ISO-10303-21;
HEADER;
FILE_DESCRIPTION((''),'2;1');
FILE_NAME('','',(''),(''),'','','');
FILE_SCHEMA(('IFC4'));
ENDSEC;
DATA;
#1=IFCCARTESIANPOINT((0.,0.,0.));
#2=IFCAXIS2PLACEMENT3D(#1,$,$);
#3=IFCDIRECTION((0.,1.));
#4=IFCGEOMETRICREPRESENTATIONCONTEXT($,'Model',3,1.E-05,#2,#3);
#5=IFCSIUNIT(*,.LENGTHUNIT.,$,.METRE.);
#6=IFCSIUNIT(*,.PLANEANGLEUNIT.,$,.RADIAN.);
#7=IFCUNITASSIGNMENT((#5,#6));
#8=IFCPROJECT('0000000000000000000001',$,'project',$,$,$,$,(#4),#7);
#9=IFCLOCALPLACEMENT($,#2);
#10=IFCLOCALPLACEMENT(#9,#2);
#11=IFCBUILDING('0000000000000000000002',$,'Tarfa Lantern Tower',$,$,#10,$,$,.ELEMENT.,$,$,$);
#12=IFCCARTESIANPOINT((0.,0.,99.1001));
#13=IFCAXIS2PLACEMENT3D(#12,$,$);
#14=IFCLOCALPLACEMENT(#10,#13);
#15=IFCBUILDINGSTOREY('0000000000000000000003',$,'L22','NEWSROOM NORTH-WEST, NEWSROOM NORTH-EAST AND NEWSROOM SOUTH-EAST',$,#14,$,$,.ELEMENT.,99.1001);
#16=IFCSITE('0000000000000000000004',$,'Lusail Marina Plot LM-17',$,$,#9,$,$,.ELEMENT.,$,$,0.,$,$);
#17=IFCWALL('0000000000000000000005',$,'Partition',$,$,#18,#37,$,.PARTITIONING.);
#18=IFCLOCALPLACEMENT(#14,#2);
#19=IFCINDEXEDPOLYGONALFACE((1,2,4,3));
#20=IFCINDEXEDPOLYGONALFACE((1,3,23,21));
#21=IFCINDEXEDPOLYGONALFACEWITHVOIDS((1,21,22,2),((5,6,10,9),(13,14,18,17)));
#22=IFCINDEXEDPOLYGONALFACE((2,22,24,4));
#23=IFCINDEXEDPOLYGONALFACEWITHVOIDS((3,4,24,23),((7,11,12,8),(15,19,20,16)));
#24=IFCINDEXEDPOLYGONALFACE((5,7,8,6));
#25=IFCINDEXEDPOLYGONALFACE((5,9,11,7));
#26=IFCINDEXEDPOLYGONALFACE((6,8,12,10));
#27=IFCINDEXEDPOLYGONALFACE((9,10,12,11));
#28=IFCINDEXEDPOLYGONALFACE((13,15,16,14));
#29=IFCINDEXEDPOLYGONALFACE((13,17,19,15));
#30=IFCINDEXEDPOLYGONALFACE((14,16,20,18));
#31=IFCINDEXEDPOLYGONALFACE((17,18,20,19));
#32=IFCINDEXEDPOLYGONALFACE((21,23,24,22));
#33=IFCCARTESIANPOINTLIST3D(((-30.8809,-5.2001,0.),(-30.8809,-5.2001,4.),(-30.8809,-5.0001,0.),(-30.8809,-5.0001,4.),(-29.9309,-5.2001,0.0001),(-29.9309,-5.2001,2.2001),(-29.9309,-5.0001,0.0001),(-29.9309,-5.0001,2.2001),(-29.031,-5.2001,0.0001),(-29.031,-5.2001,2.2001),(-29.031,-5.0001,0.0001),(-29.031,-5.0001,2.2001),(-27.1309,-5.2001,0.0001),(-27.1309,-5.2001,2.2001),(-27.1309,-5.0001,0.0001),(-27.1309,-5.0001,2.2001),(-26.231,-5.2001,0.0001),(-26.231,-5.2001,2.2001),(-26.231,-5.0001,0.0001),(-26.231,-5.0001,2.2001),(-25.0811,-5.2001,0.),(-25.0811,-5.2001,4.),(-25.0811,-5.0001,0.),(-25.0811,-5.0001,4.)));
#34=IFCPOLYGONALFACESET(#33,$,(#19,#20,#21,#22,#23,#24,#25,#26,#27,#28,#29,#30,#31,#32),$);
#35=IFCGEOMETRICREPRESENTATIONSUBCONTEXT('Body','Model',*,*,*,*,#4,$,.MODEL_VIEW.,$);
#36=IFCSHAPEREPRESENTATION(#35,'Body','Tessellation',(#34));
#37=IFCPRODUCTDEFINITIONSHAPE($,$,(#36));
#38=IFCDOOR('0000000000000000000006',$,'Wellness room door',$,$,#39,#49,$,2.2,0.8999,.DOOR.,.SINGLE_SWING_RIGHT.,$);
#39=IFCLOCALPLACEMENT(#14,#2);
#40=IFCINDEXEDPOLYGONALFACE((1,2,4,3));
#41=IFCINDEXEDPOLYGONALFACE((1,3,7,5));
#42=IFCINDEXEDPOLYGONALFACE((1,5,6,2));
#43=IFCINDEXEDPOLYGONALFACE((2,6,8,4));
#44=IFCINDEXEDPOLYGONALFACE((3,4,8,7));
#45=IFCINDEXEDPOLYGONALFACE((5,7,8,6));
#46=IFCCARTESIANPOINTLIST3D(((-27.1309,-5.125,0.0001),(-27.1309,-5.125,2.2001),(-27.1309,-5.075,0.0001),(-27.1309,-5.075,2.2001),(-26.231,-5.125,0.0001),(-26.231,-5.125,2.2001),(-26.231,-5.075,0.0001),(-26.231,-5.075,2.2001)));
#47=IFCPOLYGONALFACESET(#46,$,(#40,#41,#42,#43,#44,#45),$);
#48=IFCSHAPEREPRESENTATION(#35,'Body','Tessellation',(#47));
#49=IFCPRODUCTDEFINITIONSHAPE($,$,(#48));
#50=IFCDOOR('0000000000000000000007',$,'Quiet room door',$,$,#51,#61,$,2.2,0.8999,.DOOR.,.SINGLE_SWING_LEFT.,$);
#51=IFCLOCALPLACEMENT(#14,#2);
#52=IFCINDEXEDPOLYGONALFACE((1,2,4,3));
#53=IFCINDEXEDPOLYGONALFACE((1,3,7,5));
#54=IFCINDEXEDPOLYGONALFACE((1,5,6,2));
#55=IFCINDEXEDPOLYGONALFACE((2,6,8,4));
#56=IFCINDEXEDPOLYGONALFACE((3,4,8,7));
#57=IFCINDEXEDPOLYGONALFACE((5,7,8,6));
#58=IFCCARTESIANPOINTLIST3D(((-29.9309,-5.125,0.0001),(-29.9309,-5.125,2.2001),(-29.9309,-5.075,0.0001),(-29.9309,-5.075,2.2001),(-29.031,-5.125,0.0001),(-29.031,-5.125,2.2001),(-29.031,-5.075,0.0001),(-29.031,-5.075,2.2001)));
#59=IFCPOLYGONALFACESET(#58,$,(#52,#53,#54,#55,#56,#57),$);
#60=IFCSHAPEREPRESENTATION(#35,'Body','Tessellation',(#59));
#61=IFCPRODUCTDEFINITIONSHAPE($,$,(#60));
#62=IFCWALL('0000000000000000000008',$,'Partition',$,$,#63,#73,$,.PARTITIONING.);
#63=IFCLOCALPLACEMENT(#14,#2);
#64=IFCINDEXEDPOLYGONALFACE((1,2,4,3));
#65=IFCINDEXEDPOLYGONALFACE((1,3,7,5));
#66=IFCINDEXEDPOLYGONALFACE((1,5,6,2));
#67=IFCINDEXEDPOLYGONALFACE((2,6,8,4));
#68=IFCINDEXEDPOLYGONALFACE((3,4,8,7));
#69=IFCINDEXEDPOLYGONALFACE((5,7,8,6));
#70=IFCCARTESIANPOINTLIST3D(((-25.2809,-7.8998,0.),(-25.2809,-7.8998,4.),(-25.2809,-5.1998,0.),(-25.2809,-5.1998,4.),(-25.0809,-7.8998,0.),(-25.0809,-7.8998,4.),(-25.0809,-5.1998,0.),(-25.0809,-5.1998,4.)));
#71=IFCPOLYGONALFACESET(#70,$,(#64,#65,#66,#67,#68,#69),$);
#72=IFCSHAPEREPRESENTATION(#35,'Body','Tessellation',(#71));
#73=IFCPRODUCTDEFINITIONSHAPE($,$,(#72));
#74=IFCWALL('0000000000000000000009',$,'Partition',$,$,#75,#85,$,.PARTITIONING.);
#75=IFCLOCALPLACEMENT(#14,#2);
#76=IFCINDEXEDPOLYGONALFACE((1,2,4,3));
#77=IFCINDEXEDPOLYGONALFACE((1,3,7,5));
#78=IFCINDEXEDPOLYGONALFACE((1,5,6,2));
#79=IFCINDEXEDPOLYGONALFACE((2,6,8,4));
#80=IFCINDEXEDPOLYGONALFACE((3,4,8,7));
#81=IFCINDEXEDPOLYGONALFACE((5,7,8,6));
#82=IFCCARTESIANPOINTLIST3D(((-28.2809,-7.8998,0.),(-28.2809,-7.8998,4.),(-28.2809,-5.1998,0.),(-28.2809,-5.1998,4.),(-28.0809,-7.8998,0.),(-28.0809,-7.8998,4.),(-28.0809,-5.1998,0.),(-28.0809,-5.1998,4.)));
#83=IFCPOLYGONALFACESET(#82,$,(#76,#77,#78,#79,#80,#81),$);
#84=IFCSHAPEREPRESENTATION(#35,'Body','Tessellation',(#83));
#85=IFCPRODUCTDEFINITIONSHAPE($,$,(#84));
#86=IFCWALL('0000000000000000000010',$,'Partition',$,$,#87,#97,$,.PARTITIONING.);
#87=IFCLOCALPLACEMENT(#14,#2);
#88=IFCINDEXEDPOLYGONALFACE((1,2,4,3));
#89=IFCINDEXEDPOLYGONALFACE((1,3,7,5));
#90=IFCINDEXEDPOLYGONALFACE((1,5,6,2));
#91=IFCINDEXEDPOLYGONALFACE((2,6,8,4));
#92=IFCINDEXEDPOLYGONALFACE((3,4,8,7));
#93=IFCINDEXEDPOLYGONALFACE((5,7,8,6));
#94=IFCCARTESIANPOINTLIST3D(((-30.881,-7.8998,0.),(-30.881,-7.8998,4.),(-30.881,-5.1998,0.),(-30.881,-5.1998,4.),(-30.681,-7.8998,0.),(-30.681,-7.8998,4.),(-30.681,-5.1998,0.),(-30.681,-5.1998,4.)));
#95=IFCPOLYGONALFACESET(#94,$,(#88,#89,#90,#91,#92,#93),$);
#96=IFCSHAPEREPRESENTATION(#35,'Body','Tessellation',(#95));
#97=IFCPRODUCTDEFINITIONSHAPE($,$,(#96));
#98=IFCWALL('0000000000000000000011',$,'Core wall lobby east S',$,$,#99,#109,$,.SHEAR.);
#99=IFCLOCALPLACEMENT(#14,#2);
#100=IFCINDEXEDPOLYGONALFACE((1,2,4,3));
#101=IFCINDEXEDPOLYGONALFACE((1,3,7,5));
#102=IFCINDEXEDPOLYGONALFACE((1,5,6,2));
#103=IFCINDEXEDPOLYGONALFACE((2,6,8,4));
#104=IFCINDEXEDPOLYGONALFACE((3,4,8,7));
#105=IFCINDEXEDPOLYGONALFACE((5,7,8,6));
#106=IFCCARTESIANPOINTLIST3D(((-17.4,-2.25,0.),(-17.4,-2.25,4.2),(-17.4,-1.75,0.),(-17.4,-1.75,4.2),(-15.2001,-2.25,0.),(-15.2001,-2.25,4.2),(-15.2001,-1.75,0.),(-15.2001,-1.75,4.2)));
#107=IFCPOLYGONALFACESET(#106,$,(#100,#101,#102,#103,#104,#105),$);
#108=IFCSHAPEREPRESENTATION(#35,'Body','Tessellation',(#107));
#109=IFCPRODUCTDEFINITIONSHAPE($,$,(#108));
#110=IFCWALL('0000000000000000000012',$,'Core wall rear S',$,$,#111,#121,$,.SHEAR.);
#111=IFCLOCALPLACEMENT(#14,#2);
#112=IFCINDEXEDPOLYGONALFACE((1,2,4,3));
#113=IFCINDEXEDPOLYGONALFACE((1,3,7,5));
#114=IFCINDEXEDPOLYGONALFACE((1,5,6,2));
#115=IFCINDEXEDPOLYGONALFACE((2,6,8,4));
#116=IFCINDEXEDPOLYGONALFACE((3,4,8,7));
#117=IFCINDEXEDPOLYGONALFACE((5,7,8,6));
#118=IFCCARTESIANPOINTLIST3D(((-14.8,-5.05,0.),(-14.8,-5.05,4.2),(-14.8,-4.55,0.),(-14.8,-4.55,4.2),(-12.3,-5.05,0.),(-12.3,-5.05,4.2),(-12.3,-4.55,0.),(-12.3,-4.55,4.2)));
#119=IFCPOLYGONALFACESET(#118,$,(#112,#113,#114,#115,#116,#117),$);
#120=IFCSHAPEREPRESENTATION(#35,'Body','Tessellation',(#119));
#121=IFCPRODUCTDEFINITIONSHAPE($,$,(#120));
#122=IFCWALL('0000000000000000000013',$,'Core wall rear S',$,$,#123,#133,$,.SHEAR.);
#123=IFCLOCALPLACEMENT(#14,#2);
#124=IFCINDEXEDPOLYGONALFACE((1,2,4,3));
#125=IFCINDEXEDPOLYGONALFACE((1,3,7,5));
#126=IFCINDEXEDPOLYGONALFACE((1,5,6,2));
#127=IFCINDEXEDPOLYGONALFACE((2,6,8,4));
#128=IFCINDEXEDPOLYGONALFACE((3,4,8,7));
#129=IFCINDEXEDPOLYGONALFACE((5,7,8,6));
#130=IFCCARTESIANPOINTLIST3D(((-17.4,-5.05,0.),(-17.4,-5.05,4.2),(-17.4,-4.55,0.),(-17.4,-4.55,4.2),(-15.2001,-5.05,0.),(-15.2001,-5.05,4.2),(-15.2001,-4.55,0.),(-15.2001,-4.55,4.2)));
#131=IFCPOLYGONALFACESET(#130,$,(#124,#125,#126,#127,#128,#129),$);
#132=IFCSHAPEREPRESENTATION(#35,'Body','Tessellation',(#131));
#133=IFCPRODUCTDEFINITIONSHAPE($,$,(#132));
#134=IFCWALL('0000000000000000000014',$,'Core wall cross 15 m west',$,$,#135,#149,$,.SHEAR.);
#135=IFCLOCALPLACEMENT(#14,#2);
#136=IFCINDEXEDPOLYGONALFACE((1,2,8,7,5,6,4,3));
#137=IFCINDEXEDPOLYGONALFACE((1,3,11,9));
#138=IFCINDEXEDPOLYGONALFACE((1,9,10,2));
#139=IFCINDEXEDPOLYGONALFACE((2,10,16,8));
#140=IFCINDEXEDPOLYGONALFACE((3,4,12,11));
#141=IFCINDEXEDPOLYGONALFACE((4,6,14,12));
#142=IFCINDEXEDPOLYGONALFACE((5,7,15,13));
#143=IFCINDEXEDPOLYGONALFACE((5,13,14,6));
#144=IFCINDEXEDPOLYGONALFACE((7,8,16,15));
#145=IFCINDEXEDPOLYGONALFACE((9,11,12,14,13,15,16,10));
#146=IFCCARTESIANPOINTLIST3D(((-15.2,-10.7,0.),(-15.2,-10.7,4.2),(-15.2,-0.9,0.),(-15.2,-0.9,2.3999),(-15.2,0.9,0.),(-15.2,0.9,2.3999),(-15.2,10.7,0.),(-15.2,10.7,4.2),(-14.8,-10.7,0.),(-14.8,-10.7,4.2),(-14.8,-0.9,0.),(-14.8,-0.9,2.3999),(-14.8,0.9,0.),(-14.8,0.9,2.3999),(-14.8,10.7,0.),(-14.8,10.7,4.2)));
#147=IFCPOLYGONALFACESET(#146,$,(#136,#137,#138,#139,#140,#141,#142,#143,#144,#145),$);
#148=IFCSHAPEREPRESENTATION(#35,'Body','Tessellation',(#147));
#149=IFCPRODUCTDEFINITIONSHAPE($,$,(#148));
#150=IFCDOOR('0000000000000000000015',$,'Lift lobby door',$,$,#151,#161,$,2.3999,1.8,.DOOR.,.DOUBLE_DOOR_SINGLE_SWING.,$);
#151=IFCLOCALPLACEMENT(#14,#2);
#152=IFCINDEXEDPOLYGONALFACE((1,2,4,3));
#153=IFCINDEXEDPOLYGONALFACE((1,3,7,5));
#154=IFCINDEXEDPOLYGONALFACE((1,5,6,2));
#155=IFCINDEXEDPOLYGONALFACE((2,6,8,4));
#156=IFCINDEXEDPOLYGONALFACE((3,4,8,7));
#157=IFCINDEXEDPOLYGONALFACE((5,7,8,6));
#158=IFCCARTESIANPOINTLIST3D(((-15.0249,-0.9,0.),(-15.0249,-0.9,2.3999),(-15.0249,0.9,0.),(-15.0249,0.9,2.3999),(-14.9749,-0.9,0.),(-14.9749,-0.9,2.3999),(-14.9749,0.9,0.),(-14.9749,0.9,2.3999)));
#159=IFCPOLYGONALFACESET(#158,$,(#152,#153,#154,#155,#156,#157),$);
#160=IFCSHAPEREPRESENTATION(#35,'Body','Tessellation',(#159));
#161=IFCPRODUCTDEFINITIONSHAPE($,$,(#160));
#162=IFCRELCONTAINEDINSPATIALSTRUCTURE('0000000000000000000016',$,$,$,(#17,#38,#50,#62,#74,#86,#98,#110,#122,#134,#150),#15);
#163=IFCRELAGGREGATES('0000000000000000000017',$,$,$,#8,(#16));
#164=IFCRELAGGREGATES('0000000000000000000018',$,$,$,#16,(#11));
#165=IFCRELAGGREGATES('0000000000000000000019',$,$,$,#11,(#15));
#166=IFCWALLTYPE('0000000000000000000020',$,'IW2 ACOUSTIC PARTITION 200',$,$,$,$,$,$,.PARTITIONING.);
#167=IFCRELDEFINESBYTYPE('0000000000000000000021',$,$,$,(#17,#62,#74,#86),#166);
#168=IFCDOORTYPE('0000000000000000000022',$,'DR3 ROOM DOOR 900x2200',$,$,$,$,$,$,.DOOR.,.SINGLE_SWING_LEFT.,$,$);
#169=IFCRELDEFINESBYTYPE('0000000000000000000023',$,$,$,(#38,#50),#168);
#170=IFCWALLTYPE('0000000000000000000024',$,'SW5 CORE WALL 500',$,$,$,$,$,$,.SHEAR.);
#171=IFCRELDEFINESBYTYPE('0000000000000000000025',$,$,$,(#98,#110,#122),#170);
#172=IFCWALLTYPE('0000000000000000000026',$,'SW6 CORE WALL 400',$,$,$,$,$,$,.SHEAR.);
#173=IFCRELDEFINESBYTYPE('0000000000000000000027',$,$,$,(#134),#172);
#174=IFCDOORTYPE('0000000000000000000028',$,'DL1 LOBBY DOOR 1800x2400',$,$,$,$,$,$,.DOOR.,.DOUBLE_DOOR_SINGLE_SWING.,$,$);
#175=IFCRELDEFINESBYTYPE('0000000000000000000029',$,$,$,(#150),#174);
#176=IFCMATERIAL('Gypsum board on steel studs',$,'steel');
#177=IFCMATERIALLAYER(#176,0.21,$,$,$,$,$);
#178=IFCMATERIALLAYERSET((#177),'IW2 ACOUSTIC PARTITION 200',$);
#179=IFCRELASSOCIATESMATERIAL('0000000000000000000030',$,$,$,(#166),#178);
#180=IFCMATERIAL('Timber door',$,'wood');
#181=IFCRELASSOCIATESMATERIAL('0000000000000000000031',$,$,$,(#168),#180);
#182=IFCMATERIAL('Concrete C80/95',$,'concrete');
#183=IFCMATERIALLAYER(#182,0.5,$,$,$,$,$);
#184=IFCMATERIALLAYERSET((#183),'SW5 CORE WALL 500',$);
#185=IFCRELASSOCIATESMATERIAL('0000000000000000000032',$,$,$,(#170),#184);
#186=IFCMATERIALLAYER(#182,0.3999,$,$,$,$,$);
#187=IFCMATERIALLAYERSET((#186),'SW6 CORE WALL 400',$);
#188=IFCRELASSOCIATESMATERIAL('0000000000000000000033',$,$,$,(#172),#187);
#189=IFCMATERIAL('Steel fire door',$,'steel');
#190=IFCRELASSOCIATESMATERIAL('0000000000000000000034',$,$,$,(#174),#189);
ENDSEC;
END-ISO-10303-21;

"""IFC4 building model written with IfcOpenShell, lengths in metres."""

from ifc_helpers import new_model, si_unit, direction, frame, frame_2d, origin, place, context, subcontext, project, spatial, rectangle, extrude, material, layer, layer_set, type_object, element, fill, save


model = new_model("IFC4")

# Units and contexts
model_context = context("Model", 3, precision=1e-05, world=origin(), true_north=direction((0.0, 1.0)))
body_context = subcontext(model_context, "Body", "Model", "MODEL_VIEW")
ifc_project = project(units=[si_unit("LENGTHUNIT", "METRE"), si_unit("PLANEANGLEUNIT", "RADIAN")], contexts=[model_context])

# Site, building, storey
site_placement = place(None, origin())
site = spatial("IfcSite", under=ifc_project, at=site_placement, Name="Lusail Marina Plot LM-17", CompositionType="ELEMENT", RefElevation=0.0)
building_placement = place(site_placement, origin())
building = spatial("IfcBuilding", under=site, at=building_placement, Name="Tarfa Lantern Tower", CompositionType="ELEMENT")
storey_placement = place(building_placement, frame((0.0, 0.0, 99.1001)))
storey = spatial("IfcBuildingStorey", under=building, at=storey_placement, Name="L22", Description="NEWSROOM NORTH-WEST, NEWSROOM NORTH-EAST AND NEWSROOM SOUTH-EAST", CompositionType="ELEMENT", Elevation=99.1001)

# Shared definitions
ifc_material_1 = material(Name="Gypsum board on steel studs", Category="steel")
ifc_layer_1 = layer(ifc_material_1, 0.21)
ifc_layer_set_1 = layer_set([ifc_layer_1], Name="IW2 ACOUSTIC PARTITION 200")
wall_type_1 = type_object("IfcWallType", Name="IW2 ACOUSTIC PARTITION 200", PredefinedType="PARTITIONING", material=ifc_layer_set_1)
ifc_material_2 = material(Name="Timber door", Category="wood")

# Wall, openings, doors
wall_1_placement = place(storey_placement, frame((-25.0811, -5.1001, 0.0), z_axis=(0.0, 0.0, 1.0), x_axis=(-1.0, 0.0, 0.0)))
wall_1 = element("IfcWall", 1, at=wall_1_placement, inside=storey, type_object=wall_type_1, Name="Partition", PredefinedType="PARTITIONING", context=body_context, shape_type="SweptSolid", body=[
    extrude(rectangle(XDim=5.7998, YDim=0.2, at=frame_2d((2.8999, 0.0))), origin(), (0.0, 0.0, 1.0), 4.0),
])
opening_1_placement = place(wall_1_placement, frame((1.1499, 0.0, 0.0)))
opening_1 = element("IfcOpeningElement", 2, at=opening_1_placement, cuts=wall_1, PredefinedType="OPENING", context=body_context, shape_type="SweptSolid", body=[
    extrude(rectangle(XDim=0.8999, YDim=2.2, at=frame_2d((0.45, 1.1001))), frame((0.0, 0.1099, 0.0), z_axis=(0.0, -1.0, 0.0), x_axis=(1.0, 0.0, 0.0)), (0.0, 0.0, 1.0), 0.22),
])
opening_2_placement = place(wall_1_placement, frame((3.95, 0.0, 0.0)))
opening_2 = element("IfcOpeningElement", 3, at=opening_2_placement, cuts=wall_1, PredefinedType="OPENING", context=body_context, shape_type="SweptSolid", body=[
    extrude(rectangle(XDim=0.8999, YDim=2.2, at=frame_2d((0.45, 1.1001))), frame((0.0, 0.1099, 0.0), z_axis=(0.0, -1.0, 0.0), x_axis=(1.0, 0.0, 0.0)), (0.0, 0.0, 1.0), 0.22),
])
door_type_1 = type_object("IfcDoorType", Name="DR3 ROOM DOOR 900x2200", OperationType="SINGLE_SWING_LEFT", PredefinedType="DOOR", material=ifc_material_2)
door_1_placement = place(opening_1_placement, origin())
door_1 = element("IfcDoor", 4, at=door_1_placement, inside=storey, type_object=door_type_1, Name="Wellness room door", OperationType="SINGLE_SWING_RIGHT", OverallHeight=2.2, OverallWidth=0.8999, PredefinedType="DOOR", context=body_context, shape_type="SweptSolid", body=[
    extrude(rectangle(XDim=0.8999, YDim=2.2, at=frame_2d((0.45, 1.1001))), frame((0.0, 0.0249, 0.0), z_axis=(0.0, -1.0, 0.0), x_axis=(1.0, 0.0, 0.0)), (0.0, 0.0, 1.0), 0.05),
])
fill(opening_1, door_1)
door_2_placement = place(opening_2_placement, origin())
door_2 = element("IfcDoor", 5, at=door_2_placement, inside=storey, type_object=door_type_1, Name="Quiet room door", OperationType="SINGLE_SWING_LEFT", OverallHeight=2.2, OverallWidth=0.8999, PredefinedType="DOOR", context=body_context, shape_type="SweptSolid", body=[
    extrude(rectangle(XDim=0.8999, YDim=2.2, at=frame_2d((0.45, 1.1001))), frame((0.0, 0.0249, 0.0), z_axis=(0.0, -1.0, 0.0), x_axis=(1.0, 0.0, 0.0)), (0.0, 0.0, 1.0), 0.05),
])
fill(opening_2, door_2)

# Walls
for number, where, z_axis, x_axis, name in (
    (6, (-25.1809, -7.8999, 0.0), (0.0, 0.0, 1.0), (0.0, 1.0, 0.0), "Partition"),
    (7, (-28.1809, -7.8999, 0.0), (0.0, 0.0, 1.0), (0.0, 1.0, 0.0), "Partition"),
    (8, (-30.781, -7.8999, 0.0), (0.0, 0.0, 1.0), (0.0, 1.0, 0.0), "Partition"),
):
    element("IfcWall", number, at=place(storey_placement, frame(where, z_axis=z_axis, x_axis=x_axis)), inside=storey, type_object=wall_type_1, Name=name, PredefinedType="PARTITIONING", context=body_context, shape_type="SweptSolid", body=[
        extrude(rectangle(XDim=2.7, YDim=0.2, at=frame_2d((1.3501, 0.0))), origin(), (0.0, 0.0, 1.0), 4.0),
    ])
ifc_material_3 = material(Name="Concrete C80/95", Category="concrete")
ifc_layer_2 = layer(ifc_material_3, 0.5)
ifc_layer_set_2 = layer_set([ifc_layer_2], Name="SW5 CORE WALL 500")
wall_type_2 = type_object("IfcWallType", Name="SW5 CORE WALL 500", PredefinedType="SHEAR", material=ifc_layer_set_2)
wall_2_placement = place(storey_placement, frame((-15.2, -2.0, 0.0), z_axis=(0.0, 0.0, 1.0), x_axis=(-1.0, 0.0, 0.0)))
element("IfcWall", 9, at=wall_2_placement, inside=storey, type_object=wall_type_2, Name="Core wall lobby east S", PredefinedType="SHEAR", context=body_context, shape_type="SweptSolid", body=[
    extrude(rectangle(XDim=2.2, YDim=0.5, at=frame_2d((1.1001, 0.0))), origin(), (0.0, 0.0, 1.0), 4.2),
])
wall_3_placement = place(storey_placement, frame((-12.3, -4.8, 0.0), z_axis=(0.0, 0.0, 1.0), x_axis=(-1.0, 0.0, 0.0)))
element("IfcWall", 10, at=wall_3_placement, inside=storey, type_object=wall_type_2, Name="Core wall rear S", PredefinedType="SHEAR", context=body_context, shape_type="SweptSolid", body=[
    extrude(rectangle(XDim=2.5, YDim=0.5, at=frame_2d((1.25, 0.0))), origin(), (0.0, 0.0, 1.0), 4.2),
])
wall_4_placement = place(storey_placement, frame((-15.2, -4.8, 0.0), z_axis=(0.0, 0.0, 1.0), x_axis=(-1.0, 0.0, 0.0)))
element("IfcWall", 11, at=wall_4_placement, inside=storey, type_object=wall_type_2, Name="Core wall rear S", PredefinedType="SHEAR", context=body_context, shape_type="SweptSolid", body=[
    extrude(rectangle(XDim=2.2, YDim=0.5, at=frame_2d((1.1001, 0.0))), origin(), (0.0, 0.0, 1.0), 4.2),
])

# Wall, opening, door
ifc_layer_3 = layer(ifc_material_3, 0.3999)
ifc_layer_set_3 = layer_set([ifc_layer_3], Name="SW6 CORE WALL 400")
wall_type_3 = type_object("IfcWallType", Name="SW6 CORE WALL 400", PredefinedType="SHEAR", material=ifc_layer_set_3)
wall_5_placement = place(storey_placement, frame((-15.0, -10.7, 0.0), z_axis=(0.0, 0.0, 1.0), x_axis=(0.0, 1.0, 0.0)))
wall_5 = element("IfcWall", 12, at=wall_5_placement, inside=storey, type_object=wall_type_3, Name="Core wall cross 15 m west", PredefinedType="SHEAR", context=body_context, shape_type="SweptSolid", body=[
    extrude(rectangle(XDim=21.3999, YDim=0.3999, at=frame_2d((10.7, 0.0))), origin(), (0.0, 0.0, 1.0), 4.2),
])
opening_3_placement = place(wall_5_placement, frame((9.8, 0.0, 0.0)))
opening_3 = element("IfcOpeningElement", 13, at=opening_3_placement, cuts=wall_5, PredefinedType="OPENING", context=body_context, shape_type="SweptSolid", body=[
    extrude(rectangle(XDim=1.8, YDim=2.3999, at=frame_2d((0.8999, 1.2))), frame((0.0, 0.21, 0.0), z_axis=(0.0, -1.0, 0.0), x_axis=(1.0, 0.0, 0.0)), (0.0, 0.0, 1.0), 0.4199),
])
ifc_material_4 = material(Name="Steel fire door", Category="steel")
door_type_2 = type_object("IfcDoorType", Name="DL1 LOBBY DOOR 1800x2400", OperationType="DOUBLE_DOOR_SINGLE_SWING", PredefinedType="DOOR", material=ifc_material_4)
door_3_placement = place(opening_3_placement, origin())
door_3 = element("IfcDoor", 14, at=door_3_placement, inside=storey, type_object=door_type_2, Name="Lift lobby door", OperationType="DOUBLE_DOOR_SINGLE_SWING", OverallHeight=2.3999, OverallWidth=1.8, PredefinedType="DOOR", context=body_context, shape_type="SweptSolid", body=[
    extrude(rectangle(XDim=1.8, YDim=2.3999, at=frame_2d((0.8999, 1.2))), frame((0.0, 0.0249, 0.0), z_axis=(0.0, -1.0, 0.0), x_axis=(1.0, 0.0, 0.0)), (0.0, 0.0, 1.0), 0.05),
])
fill(opening_3, door_3)

save(model, "model.ifc")
